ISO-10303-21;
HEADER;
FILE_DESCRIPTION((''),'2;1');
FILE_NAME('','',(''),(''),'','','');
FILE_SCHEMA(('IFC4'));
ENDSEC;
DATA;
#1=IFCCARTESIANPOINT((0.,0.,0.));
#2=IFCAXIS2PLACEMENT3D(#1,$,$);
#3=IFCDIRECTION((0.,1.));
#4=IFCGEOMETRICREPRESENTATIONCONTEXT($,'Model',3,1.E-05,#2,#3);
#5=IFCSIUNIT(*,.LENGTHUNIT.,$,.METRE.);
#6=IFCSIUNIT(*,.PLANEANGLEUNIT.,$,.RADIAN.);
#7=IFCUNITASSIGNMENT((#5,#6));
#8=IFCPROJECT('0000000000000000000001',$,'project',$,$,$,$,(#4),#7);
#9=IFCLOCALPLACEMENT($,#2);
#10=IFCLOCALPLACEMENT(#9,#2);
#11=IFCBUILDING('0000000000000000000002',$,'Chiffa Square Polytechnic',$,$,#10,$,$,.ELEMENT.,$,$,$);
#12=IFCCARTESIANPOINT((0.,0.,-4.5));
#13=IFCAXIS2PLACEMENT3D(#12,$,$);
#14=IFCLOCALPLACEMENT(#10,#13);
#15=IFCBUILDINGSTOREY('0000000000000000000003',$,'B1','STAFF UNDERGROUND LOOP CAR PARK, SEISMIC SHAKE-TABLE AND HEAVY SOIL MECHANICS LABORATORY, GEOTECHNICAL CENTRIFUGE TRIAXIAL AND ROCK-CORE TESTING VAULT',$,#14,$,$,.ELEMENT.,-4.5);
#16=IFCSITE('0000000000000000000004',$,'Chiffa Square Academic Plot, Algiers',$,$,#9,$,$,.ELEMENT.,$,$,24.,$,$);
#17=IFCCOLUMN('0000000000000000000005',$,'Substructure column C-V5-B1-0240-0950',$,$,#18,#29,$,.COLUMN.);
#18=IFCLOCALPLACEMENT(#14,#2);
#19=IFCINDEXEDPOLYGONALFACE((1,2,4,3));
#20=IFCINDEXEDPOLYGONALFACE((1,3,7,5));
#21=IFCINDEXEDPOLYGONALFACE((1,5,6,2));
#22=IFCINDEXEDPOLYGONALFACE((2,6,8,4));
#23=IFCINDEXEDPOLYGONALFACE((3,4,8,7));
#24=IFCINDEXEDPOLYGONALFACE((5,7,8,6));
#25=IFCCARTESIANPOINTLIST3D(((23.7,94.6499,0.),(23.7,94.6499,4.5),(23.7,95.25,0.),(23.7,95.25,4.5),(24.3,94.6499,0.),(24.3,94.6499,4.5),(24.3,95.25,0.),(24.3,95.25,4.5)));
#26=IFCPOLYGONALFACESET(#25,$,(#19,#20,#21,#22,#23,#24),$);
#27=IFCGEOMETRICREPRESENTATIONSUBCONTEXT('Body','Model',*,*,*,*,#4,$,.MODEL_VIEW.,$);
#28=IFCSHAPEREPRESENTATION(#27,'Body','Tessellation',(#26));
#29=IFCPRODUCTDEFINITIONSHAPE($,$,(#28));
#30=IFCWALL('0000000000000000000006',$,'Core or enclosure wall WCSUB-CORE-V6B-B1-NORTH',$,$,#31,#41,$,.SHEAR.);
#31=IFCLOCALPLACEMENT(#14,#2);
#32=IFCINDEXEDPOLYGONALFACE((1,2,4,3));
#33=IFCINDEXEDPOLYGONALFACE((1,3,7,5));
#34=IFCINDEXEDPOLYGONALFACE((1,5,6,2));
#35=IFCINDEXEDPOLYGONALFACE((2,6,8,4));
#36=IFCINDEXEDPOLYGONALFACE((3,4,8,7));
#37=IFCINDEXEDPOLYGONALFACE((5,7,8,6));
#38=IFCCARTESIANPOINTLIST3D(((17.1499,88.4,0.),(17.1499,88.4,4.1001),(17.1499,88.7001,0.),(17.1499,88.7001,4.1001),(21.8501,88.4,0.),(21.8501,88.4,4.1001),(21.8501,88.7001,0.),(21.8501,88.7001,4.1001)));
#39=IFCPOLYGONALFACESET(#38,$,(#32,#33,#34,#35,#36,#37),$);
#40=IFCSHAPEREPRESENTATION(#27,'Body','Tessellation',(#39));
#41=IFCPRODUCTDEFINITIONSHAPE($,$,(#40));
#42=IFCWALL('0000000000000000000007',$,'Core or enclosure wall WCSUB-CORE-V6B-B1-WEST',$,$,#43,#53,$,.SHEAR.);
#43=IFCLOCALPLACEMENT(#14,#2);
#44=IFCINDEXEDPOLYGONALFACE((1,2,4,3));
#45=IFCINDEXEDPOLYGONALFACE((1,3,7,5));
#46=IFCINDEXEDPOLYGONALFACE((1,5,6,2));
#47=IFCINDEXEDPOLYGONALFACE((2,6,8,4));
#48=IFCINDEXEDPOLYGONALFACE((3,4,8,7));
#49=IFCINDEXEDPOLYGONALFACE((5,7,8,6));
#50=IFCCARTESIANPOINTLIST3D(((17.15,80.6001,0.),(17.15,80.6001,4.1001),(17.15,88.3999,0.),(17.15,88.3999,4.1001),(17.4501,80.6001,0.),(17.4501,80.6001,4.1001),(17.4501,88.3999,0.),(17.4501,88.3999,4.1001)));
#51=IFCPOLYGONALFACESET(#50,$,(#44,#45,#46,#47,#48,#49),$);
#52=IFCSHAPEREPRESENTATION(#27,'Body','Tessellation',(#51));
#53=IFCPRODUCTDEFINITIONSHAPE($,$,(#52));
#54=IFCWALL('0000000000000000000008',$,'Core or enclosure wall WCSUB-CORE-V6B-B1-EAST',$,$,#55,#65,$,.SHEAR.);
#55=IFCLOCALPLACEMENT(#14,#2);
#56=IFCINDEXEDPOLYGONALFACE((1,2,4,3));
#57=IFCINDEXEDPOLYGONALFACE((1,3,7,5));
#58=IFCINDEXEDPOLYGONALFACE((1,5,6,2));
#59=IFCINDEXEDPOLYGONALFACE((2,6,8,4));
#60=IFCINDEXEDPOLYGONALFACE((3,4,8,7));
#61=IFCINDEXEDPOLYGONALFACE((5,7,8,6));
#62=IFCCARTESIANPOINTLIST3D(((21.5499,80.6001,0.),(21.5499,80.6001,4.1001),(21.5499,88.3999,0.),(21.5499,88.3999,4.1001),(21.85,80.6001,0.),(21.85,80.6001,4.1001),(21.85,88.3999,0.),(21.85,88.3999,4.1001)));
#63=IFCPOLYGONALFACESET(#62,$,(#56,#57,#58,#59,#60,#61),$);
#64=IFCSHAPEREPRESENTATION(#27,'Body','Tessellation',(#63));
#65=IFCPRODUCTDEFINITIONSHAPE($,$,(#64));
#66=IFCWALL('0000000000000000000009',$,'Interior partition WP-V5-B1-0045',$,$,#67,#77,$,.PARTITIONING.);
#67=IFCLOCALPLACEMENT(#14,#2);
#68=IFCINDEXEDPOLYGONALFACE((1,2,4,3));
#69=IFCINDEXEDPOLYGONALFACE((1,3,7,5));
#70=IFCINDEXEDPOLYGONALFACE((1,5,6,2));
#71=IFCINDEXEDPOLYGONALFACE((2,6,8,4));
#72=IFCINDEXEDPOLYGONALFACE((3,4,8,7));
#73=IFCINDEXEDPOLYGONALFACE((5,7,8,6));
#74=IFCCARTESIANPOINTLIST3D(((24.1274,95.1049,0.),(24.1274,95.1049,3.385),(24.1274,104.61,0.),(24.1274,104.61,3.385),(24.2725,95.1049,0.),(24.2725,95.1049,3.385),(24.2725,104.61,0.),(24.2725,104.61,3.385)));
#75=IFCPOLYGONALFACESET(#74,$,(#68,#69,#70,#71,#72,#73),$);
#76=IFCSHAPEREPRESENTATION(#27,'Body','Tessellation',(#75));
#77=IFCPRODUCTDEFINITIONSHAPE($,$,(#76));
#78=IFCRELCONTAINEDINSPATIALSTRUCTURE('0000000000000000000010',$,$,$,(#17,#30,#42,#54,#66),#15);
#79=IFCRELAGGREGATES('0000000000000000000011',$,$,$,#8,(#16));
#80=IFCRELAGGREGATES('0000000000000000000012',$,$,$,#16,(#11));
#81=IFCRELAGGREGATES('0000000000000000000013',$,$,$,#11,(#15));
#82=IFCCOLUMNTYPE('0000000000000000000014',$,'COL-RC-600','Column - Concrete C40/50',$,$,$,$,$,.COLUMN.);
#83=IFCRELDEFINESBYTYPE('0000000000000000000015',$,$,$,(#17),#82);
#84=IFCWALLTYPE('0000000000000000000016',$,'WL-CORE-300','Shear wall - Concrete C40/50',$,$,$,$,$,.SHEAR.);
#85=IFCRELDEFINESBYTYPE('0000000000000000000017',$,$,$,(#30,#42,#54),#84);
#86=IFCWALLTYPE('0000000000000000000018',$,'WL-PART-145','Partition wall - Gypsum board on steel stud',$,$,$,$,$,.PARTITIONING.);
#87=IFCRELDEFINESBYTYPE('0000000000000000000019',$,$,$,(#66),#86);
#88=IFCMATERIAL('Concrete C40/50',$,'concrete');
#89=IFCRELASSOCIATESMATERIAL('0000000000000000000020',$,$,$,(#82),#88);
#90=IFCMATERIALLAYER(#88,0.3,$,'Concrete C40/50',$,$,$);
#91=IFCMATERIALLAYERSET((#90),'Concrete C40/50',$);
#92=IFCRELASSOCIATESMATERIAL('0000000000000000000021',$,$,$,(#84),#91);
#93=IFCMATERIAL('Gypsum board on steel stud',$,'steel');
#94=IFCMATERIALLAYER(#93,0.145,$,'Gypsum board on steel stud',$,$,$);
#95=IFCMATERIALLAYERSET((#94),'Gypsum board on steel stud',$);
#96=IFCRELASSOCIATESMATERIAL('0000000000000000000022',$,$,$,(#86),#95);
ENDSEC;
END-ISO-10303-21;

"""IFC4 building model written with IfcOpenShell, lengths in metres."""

from ifc_helpers import new_model, si_unit, direction, frame, frame_2d, origin, origin_2d, place, context, subcontext, project, spatial, rectangle, extrude, material, layer, layer_set, material_profile, profile_set, type_object, element, save


model = new_model("IFC4")

# Units and contexts
model_context = context("Model", 3, precision=1e-05, world=origin(), true_north=direction((0.0, 1.0)))
body_context = subcontext(model_context, "Body", "Model", "MODEL_VIEW")
ifc_project = project(units=[si_unit("LENGTHUNIT", "METRE"), si_unit("PLANEANGLEUNIT", "RADIAN")], contexts=[model_context])

# Site, building, storey
site_placement = place(None, origin())
site = spatial("IfcSite", under=ifc_project, at=site_placement, Name="Chiffa Square Academic Plot, Algiers", CompositionType="ELEMENT", RefElevation=24.0)
building_placement = place(site_placement, origin())
building = spatial("IfcBuilding", under=site, at=building_placement, Name="Chiffa Square Polytechnic", CompositionType="ELEMENT")
storey_placement = place(building_placement, frame((0.0, 0.0, -4.5)))
storey = spatial("IfcBuildingStorey", under=building, at=storey_placement, Name="B1", Description="STAFF UNDERGROUND LOOP CAR PARK, SEISMIC SHAKE-TABLE AND HEAVY SOIL MECHANICS LABORATORY, GEOTECHNICAL CENTRIFUGE TRIAXIAL AND ROCK-CORE TESTING VAULT", CompositionType="ELEMENT", Elevation=-4.5)

# Column
ifc_material_1 = material(Name="Concrete C40/50", Category="concrete")
ifc_material_profile_1 = material_profile(ifc_material_1, rectangle(XDim=0.6001, YDim=0.6001, at=origin_2d()), Name="RC 600x600")
ifc_profile_set_1 = profile_set([ifc_material_profile_1], Name="Concrete C40/50")
column_type_1 = type_object("IfcColumnType", Name="COL-RC-600", Description="Column - Concrete C40/50", PredefinedType="COLUMN", material=ifc_profile_set_1)
for number, where, z_axis, x_axis, name in (
    (1, (24.0, 94.95, 0.0), (0.0, 0.0, 1.0), (1.0, 0.0, 0.0), "Substructure column C-V5-B1-0240-0950"),
):
    element("IfcColumn", number, at=place(storey_placement, frame(where, z_axis=z_axis, x_axis=x_axis)), inside=storey, type_object=column_type_1, Name=name, PredefinedType="COLUMN", context=body_context, shape_type="SweptSolid", body=[
        extrude(rectangle(XDim=0.6001, YDim=0.6001, at=origin_2d()), origin(), (0.0, 0.0, 1.0), 4.5),
    ])

# Walls
ifc_layer_1 = layer(ifc_material_1, 0.3, Name="Concrete C40/50")
ifc_layer_set_1 = layer_set([ifc_layer_1], Name="Concrete C40/50")
wall_type_1 = type_object("IfcWallType", Name="WL-CORE-300", Description="Shear wall - Concrete C40/50", PredefinedType="SHEAR", material=ifc_layer_set_1)
wall_1_placement = place(storey_placement, frame((17.1499, 88.55, 0.0), z_axis=(0.0, 0.0, 1.0), x_axis=(1.0, 0.0, 0.0)))
element("IfcWall", 2, at=wall_1_placement, inside=storey, type_object=wall_type_1, Name="Core or enclosure wall WCSUB-CORE-V6B-B1-NORTH", PredefinedType="SHEAR", context=body_context, shape_type="SweptSolid", body=[
    extrude(rectangle(XDim=4.7002, YDim=0.3, at=frame_2d((2.3501, 0.0))), origin(), (0.0, 0.0, 1.0), 4.1001),
])
for number, where, z_axis, x_axis, name in (
    (3, (17.3, 80.6001, 0.0), (0.0, 0.0, 1.0), (0.0, 1.0, 0.0), "Core or enclosure wall WCSUB-CORE-V6B-B1-WEST"),
    (4, (21.7, 80.6001, 0.0), (0.0, 0.0, 1.0), (0.0, 1.0, 0.0), "Core or enclosure wall WCSUB-CORE-V6B-B1-EAST"),
):
    element("IfcWall", number, at=place(storey_placement, frame(where, z_axis=z_axis, x_axis=x_axis)), inside=storey, type_object=wall_type_1, Name=name, PredefinedType="SHEAR", context=body_context, shape_type="SweptSolid", body=[
        extrude(rectangle(XDim=7.7998, YDim=0.3, at=frame_2d((3.8999, 0.0))), origin(), (0.0, 0.0, 1.0), 4.1001),
    ])
ifc_material_2 = material(Name="Gypsum board on steel stud", Category="steel")
ifc_layer_2 = layer(ifc_material_2, 0.145, Name="Gypsum board on steel stud")
ifc_layer_set_2 = layer_set([ifc_layer_2], Name="Gypsum board on steel stud")
wall_type_2 = type_object("IfcWallType", Name="WL-PART-145", Description="Partition wall - Gypsum board on steel stud", PredefinedType="PARTITIONING", material=ifc_layer_set_2)
wall_2_placement = place(storey_placement, frame((24.2, 95.105, 0.0), z_axis=(0.0, 0.0, 1.0), x_axis=(0.0, 1.0, 0.0)))
element("IfcWall", 5, at=wall_2_placement, inside=storey, type_object=wall_type_2, Name="Interior partition WP-V5-B1-0045", PredefinedType="PARTITIONING", context=body_context, shape_type="SweptSolid", body=[
    extrude(rectangle(XDim=9.5051, YDim=0.145, at=frame_2d((4.7524, 0.0))), origin(), (0.0, 0.0, 1.0), 3.385),
])

save(model, "model.ifc")
